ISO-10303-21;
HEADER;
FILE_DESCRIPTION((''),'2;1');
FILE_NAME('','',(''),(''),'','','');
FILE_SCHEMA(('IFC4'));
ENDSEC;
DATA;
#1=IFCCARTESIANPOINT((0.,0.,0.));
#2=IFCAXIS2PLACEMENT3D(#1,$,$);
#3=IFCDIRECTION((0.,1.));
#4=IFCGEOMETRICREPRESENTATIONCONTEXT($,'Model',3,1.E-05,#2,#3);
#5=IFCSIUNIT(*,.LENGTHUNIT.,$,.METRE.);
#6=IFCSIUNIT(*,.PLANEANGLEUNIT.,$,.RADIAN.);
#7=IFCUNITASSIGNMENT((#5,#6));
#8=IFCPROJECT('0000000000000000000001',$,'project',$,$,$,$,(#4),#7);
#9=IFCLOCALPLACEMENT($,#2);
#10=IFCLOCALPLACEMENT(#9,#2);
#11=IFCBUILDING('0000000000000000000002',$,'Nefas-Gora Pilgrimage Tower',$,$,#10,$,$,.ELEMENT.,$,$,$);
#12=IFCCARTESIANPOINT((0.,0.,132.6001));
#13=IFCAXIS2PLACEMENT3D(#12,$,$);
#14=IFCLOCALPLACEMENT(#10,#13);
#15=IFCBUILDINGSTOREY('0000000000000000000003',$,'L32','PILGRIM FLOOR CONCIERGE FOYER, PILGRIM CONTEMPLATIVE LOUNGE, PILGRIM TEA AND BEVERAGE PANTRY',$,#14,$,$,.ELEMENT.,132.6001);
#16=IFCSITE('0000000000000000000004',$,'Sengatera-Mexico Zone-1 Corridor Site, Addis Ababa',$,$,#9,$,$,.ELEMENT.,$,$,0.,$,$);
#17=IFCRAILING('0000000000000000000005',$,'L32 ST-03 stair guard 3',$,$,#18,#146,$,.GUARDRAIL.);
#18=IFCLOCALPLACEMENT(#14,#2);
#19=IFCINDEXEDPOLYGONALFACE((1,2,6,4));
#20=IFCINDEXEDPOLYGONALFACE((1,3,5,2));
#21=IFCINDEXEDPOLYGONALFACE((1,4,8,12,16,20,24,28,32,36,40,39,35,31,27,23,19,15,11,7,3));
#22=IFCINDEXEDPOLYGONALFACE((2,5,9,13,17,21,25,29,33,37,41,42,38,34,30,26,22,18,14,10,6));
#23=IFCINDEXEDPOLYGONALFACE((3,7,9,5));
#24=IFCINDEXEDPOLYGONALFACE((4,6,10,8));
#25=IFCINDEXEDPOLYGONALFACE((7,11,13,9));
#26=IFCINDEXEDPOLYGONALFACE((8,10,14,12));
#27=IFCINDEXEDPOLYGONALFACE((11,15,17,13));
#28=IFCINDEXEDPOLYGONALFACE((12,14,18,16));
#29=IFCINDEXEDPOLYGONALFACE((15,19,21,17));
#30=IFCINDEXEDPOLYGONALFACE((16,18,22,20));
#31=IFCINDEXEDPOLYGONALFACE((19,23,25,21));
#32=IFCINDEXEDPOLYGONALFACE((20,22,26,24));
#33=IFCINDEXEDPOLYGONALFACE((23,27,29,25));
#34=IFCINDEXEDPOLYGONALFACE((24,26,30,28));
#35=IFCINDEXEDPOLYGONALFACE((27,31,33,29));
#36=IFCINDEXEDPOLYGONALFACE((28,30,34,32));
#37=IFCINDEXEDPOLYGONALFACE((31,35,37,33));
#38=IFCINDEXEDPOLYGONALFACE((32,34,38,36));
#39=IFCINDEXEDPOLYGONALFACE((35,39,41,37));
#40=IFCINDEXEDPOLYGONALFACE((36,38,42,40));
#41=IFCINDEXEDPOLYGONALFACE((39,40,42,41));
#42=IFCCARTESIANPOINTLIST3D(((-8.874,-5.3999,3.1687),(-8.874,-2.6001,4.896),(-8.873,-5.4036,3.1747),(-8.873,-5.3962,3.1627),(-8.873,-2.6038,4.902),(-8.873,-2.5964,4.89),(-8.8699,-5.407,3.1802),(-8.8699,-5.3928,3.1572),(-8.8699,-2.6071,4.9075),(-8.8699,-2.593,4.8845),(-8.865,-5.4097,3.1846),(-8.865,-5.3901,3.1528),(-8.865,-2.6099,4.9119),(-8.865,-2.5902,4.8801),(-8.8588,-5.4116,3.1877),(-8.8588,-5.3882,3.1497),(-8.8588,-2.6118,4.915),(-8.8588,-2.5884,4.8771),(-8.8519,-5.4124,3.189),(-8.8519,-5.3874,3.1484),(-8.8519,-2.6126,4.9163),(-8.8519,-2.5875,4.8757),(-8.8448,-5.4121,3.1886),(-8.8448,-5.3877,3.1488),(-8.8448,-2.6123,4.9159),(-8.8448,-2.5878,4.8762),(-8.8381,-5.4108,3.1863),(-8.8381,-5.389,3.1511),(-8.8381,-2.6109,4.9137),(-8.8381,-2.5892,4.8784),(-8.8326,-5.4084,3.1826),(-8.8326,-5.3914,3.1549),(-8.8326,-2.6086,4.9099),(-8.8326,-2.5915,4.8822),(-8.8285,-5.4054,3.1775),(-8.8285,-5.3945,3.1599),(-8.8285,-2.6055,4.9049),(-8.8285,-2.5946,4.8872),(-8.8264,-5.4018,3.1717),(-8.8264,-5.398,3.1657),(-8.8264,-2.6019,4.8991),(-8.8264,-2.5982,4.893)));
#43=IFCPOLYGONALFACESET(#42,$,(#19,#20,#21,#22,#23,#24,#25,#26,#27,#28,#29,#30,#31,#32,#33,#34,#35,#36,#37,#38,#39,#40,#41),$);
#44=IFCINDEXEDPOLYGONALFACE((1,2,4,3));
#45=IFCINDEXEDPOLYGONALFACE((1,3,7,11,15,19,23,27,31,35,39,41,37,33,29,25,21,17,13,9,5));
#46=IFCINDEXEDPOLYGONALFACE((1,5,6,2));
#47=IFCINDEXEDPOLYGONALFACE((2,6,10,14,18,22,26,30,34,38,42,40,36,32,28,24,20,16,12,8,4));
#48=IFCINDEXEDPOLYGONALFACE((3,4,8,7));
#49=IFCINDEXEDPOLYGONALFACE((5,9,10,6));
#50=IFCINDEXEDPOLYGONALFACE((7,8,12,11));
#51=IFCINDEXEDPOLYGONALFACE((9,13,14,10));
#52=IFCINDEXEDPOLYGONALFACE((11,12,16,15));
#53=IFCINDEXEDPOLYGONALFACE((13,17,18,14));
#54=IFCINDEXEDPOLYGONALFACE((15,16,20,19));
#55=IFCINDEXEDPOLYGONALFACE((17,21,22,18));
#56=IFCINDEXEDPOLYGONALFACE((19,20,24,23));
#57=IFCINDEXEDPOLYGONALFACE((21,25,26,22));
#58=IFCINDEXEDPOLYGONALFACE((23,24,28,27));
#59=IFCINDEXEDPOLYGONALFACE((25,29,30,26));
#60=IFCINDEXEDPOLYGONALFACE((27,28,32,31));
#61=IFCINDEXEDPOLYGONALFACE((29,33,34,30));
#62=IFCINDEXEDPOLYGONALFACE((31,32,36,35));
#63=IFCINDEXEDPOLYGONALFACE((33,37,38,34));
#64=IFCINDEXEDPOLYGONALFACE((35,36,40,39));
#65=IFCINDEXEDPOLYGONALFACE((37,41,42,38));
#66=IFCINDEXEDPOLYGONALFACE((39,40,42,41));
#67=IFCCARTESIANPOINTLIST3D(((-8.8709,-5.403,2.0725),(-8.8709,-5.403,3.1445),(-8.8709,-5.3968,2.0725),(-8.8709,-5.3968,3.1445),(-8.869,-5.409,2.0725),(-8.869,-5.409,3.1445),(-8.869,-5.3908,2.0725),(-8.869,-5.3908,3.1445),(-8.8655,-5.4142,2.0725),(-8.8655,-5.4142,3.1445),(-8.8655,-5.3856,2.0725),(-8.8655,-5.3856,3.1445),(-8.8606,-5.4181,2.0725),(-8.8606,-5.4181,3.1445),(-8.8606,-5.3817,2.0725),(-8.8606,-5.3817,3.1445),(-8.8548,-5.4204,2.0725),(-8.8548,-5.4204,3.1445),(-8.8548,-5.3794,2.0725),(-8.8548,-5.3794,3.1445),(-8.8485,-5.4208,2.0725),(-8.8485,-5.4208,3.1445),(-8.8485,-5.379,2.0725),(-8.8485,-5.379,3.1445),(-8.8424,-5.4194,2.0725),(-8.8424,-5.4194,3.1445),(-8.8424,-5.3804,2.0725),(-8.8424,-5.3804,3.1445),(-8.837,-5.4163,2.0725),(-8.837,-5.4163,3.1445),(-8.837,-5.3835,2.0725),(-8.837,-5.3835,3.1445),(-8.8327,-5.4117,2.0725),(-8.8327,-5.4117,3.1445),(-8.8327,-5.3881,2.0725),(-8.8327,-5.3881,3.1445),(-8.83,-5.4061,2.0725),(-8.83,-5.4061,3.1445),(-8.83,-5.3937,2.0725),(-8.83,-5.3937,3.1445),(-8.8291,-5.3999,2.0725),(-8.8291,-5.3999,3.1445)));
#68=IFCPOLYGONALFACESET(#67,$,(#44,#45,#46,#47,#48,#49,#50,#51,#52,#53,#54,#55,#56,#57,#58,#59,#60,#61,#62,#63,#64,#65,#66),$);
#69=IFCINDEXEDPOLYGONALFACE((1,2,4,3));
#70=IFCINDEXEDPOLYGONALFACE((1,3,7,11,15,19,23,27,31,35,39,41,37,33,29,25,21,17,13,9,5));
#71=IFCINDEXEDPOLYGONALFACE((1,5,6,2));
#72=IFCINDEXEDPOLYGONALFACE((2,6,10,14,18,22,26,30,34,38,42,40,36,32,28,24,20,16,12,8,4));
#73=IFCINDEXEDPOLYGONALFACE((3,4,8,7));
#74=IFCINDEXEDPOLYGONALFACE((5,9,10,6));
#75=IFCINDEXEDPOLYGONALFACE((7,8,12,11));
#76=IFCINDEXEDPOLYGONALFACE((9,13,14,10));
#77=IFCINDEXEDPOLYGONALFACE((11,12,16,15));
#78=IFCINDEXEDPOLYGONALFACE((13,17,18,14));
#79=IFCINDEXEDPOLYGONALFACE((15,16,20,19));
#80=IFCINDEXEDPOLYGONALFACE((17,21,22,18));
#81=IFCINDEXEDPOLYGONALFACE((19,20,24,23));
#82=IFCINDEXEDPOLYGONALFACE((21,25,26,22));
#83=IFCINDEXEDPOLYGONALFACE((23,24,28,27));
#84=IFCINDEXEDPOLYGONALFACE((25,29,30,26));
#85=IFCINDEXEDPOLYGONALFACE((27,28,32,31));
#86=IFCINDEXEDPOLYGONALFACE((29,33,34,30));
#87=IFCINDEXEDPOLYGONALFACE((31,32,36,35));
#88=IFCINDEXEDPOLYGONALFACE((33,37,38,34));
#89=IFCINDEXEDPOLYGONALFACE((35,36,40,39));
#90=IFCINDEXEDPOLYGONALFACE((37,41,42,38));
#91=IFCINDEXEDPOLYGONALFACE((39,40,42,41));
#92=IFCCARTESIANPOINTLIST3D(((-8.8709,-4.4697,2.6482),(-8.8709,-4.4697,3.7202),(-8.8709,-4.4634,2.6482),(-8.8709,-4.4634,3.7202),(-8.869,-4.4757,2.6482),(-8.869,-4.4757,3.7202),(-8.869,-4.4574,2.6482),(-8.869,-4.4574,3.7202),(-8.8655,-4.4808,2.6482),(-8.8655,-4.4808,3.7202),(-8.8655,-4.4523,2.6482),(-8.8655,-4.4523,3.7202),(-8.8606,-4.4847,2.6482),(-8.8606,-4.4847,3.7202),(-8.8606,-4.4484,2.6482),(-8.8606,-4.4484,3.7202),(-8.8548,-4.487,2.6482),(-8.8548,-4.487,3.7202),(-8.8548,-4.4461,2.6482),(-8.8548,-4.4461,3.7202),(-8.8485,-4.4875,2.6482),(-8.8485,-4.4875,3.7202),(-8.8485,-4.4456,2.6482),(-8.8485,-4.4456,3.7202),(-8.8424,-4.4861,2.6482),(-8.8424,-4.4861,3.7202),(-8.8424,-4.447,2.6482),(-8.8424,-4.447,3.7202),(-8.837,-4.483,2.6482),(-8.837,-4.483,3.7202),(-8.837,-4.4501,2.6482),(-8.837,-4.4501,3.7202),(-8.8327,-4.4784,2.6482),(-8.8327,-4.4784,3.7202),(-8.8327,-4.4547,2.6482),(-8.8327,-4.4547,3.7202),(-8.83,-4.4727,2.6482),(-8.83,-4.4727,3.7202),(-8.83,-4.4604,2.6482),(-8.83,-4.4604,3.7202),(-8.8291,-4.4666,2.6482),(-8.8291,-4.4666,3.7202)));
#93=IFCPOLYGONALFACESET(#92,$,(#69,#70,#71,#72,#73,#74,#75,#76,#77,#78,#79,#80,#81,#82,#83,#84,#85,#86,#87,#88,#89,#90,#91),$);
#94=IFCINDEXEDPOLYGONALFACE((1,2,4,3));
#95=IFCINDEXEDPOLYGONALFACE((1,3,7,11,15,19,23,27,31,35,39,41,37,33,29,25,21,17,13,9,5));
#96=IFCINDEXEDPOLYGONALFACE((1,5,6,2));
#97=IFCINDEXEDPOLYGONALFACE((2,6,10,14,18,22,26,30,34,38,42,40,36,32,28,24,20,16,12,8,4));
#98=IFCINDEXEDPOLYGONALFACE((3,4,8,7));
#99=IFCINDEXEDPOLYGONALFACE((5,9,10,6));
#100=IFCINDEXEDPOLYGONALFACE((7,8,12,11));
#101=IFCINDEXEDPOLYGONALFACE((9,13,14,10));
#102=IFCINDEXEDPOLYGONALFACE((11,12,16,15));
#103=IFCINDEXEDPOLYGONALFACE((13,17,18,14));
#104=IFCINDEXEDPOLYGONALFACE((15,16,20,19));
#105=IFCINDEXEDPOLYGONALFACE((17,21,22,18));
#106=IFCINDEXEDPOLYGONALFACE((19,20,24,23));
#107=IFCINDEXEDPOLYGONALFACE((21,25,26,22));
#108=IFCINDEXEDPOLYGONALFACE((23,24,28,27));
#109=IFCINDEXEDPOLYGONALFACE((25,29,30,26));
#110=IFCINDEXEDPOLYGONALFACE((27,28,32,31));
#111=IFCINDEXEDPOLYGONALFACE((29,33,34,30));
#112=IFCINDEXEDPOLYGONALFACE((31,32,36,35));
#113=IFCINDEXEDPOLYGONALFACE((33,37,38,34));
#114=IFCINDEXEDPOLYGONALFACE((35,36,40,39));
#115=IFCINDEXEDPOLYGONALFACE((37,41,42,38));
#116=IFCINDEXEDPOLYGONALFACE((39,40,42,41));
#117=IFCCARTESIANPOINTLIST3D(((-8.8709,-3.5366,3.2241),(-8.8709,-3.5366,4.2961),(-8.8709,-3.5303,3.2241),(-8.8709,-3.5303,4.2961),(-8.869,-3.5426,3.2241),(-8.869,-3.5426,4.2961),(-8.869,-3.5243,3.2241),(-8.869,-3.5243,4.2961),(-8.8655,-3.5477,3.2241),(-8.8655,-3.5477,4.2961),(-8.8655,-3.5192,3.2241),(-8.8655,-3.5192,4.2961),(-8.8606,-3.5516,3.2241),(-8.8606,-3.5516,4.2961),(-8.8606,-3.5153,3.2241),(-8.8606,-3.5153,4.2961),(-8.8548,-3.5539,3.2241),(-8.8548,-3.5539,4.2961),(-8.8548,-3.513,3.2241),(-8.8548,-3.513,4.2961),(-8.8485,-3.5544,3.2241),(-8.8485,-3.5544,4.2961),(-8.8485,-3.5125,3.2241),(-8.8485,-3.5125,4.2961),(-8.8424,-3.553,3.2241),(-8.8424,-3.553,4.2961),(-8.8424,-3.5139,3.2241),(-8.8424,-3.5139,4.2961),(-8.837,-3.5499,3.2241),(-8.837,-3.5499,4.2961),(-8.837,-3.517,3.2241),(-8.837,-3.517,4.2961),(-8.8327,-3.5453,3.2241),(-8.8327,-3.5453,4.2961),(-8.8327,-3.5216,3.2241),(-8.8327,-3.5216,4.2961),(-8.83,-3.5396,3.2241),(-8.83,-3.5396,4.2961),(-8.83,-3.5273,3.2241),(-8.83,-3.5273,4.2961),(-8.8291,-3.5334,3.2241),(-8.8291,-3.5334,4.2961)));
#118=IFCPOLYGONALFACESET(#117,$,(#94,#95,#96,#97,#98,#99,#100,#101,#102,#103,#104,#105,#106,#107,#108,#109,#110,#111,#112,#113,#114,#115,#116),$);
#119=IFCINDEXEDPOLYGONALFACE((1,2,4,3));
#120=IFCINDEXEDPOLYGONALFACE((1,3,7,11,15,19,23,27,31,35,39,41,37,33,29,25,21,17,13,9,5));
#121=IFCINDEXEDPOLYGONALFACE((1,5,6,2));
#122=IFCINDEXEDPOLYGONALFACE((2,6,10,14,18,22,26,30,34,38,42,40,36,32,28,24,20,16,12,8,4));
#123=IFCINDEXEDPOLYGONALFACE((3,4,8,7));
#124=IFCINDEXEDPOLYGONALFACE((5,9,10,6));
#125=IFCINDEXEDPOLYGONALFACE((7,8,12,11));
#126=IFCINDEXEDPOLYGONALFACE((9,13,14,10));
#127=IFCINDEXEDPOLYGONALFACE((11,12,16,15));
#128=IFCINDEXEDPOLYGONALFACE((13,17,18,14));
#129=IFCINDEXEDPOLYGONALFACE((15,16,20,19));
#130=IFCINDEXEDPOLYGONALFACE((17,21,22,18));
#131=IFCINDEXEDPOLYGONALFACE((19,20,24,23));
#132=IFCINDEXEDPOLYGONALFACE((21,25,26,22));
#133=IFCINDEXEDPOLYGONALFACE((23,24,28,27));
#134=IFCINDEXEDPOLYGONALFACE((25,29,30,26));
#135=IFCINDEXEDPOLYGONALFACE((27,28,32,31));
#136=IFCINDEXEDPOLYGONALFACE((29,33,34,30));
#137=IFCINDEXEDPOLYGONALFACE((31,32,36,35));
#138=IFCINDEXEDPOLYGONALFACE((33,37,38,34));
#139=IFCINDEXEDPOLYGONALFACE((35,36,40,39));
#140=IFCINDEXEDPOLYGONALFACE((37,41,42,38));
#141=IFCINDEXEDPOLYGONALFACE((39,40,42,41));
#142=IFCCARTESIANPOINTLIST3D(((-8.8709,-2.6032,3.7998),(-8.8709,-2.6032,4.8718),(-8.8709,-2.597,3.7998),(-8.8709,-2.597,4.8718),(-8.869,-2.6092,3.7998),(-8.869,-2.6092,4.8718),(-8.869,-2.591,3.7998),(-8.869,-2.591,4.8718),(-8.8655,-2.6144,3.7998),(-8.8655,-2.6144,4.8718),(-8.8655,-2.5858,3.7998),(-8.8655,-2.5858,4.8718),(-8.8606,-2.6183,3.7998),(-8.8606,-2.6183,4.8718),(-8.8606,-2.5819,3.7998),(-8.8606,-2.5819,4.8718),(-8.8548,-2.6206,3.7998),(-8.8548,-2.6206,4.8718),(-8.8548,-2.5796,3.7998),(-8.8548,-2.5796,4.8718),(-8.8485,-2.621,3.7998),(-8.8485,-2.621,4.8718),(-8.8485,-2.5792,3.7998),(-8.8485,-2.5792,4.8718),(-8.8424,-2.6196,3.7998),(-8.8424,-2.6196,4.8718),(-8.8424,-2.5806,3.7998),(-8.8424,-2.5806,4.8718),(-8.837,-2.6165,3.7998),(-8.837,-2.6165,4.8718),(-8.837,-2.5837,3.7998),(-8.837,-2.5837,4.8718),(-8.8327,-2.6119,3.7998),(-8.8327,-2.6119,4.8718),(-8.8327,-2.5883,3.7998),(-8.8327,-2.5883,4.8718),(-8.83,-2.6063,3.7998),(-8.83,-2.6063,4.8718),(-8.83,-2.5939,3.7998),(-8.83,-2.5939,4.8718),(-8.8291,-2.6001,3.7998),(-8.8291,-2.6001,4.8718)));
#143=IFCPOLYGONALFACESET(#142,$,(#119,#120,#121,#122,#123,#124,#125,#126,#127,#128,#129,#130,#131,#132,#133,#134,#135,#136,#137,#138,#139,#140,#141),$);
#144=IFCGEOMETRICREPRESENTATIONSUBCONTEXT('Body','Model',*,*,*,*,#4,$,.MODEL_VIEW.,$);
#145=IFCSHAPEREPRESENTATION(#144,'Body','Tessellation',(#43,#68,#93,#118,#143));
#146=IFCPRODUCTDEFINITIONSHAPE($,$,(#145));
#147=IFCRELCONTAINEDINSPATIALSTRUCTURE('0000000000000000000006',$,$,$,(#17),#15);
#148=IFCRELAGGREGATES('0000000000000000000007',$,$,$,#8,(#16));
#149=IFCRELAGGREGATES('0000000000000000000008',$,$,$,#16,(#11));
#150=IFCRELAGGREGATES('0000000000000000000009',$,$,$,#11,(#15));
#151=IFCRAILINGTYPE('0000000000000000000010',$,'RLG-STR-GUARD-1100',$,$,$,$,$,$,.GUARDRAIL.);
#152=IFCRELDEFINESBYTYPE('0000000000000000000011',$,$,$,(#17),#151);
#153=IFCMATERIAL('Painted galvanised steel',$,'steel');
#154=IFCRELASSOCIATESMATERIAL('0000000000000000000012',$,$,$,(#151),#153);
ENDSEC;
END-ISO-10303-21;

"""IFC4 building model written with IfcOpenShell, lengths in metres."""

from ifc_helpers import new_model, si_unit, direction, frame, origin, origin_2d, place, context, subcontext, project, spatial, circle, extrude, material, type_object, element, save


model = new_model("IFC4")

# Units and contexts
model_context = context("Model", 3, precision=1e-05, world=origin(), true_north=direction((0.0, 1.0)))
body_context = subcontext(model_context, "Body", "Model", "MODEL_VIEW")
ifc_project = project(units=[si_unit("LENGTHUNIT", "METRE"), si_unit("PLANEANGLEUNIT", "RADIAN")], contexts=[model_context])

# Site, building, storey
site_placement = place(None, origin())
site = spatial("IfcSite", under=ifc_project, at=site_placement, Name="Sengatera-Mexico Zone-1 Corridor Site, Addis Ababa", CompositionType="ELEMENT", RefElevation=0.0)
building_placement = place(site_placement, origin())
building = spatial("IfcBuilding", under=site, at=building_placement, Name="Nefas-Gora Pilgrimage Tower", CompositionType="ELEMENT")
storey_placement = place(building_placement, frame((0.0, 0.0, 132.6001)))
storey = spatial("IfcBuildingStorey", under=building, at=storey_placement, Name="L32", Description="PILGRIM FLOOR CONCIERGE FOYER, PILGRIM CONTEMPLATIVE LOUNGE, PILGRIM TEA AND BEVERAGE PANTRY", CompositionType="ELEMENT", Elevation=132.6001)

# Railing
ifc_material_1 = material(Name="Painted galvanised steel", Category="steel")
railing_type_1 = type_object("IfcRailingType", Name="RLG-STR-GUARD-1100", PredefinedType="GUARDRAIL", material=ifc_material_1)
railing_1_placement = place(storey_placement, frame((-8.8501, -5.3999, 2.0725)))
element("IfcRailing", 1, at=railing_1_placement, inside=storey, type_object=railing_type_1, Name="L32 ST-03 stair guard 3", PredefinedType="GUARDRAIL", context=body_context, shape_type="SweptSolid", body=[
    extrude(circle(Radius=0.0239, at=origin_2d()), frame((0.0, 0.0, 1.0962), z_axis=(0.0, 0.851069, 0.525054), x_axis=(-1.0, 0.0, 0.0)), (0.0, 0.0, 1.0), 3.2898),
    extrude(circle(Radius=0.021, at=origin_2d()), origin(), (0.0, 0.0, 1.0), 1.072),
    extrude(circle(Radius=0.021, at=origin_2d()), frame((0.0, 0.9333, 0.5757)), (0.0, 0.0, 1.0), 1.072),
    extrude(circle(Radius=0.021, at=origin_2d()), frame((0.0, 1.8665, 1.1516)), (0.0, 0.0, 1.0), 1.072),
    extrude(circle(Radius=0.021, at=origin_2d()), frame((0.0, 2.7998, 1.7273)), (0.0, 0.0, 1.0), 1.072),
])

save(model, "model.ifc")
